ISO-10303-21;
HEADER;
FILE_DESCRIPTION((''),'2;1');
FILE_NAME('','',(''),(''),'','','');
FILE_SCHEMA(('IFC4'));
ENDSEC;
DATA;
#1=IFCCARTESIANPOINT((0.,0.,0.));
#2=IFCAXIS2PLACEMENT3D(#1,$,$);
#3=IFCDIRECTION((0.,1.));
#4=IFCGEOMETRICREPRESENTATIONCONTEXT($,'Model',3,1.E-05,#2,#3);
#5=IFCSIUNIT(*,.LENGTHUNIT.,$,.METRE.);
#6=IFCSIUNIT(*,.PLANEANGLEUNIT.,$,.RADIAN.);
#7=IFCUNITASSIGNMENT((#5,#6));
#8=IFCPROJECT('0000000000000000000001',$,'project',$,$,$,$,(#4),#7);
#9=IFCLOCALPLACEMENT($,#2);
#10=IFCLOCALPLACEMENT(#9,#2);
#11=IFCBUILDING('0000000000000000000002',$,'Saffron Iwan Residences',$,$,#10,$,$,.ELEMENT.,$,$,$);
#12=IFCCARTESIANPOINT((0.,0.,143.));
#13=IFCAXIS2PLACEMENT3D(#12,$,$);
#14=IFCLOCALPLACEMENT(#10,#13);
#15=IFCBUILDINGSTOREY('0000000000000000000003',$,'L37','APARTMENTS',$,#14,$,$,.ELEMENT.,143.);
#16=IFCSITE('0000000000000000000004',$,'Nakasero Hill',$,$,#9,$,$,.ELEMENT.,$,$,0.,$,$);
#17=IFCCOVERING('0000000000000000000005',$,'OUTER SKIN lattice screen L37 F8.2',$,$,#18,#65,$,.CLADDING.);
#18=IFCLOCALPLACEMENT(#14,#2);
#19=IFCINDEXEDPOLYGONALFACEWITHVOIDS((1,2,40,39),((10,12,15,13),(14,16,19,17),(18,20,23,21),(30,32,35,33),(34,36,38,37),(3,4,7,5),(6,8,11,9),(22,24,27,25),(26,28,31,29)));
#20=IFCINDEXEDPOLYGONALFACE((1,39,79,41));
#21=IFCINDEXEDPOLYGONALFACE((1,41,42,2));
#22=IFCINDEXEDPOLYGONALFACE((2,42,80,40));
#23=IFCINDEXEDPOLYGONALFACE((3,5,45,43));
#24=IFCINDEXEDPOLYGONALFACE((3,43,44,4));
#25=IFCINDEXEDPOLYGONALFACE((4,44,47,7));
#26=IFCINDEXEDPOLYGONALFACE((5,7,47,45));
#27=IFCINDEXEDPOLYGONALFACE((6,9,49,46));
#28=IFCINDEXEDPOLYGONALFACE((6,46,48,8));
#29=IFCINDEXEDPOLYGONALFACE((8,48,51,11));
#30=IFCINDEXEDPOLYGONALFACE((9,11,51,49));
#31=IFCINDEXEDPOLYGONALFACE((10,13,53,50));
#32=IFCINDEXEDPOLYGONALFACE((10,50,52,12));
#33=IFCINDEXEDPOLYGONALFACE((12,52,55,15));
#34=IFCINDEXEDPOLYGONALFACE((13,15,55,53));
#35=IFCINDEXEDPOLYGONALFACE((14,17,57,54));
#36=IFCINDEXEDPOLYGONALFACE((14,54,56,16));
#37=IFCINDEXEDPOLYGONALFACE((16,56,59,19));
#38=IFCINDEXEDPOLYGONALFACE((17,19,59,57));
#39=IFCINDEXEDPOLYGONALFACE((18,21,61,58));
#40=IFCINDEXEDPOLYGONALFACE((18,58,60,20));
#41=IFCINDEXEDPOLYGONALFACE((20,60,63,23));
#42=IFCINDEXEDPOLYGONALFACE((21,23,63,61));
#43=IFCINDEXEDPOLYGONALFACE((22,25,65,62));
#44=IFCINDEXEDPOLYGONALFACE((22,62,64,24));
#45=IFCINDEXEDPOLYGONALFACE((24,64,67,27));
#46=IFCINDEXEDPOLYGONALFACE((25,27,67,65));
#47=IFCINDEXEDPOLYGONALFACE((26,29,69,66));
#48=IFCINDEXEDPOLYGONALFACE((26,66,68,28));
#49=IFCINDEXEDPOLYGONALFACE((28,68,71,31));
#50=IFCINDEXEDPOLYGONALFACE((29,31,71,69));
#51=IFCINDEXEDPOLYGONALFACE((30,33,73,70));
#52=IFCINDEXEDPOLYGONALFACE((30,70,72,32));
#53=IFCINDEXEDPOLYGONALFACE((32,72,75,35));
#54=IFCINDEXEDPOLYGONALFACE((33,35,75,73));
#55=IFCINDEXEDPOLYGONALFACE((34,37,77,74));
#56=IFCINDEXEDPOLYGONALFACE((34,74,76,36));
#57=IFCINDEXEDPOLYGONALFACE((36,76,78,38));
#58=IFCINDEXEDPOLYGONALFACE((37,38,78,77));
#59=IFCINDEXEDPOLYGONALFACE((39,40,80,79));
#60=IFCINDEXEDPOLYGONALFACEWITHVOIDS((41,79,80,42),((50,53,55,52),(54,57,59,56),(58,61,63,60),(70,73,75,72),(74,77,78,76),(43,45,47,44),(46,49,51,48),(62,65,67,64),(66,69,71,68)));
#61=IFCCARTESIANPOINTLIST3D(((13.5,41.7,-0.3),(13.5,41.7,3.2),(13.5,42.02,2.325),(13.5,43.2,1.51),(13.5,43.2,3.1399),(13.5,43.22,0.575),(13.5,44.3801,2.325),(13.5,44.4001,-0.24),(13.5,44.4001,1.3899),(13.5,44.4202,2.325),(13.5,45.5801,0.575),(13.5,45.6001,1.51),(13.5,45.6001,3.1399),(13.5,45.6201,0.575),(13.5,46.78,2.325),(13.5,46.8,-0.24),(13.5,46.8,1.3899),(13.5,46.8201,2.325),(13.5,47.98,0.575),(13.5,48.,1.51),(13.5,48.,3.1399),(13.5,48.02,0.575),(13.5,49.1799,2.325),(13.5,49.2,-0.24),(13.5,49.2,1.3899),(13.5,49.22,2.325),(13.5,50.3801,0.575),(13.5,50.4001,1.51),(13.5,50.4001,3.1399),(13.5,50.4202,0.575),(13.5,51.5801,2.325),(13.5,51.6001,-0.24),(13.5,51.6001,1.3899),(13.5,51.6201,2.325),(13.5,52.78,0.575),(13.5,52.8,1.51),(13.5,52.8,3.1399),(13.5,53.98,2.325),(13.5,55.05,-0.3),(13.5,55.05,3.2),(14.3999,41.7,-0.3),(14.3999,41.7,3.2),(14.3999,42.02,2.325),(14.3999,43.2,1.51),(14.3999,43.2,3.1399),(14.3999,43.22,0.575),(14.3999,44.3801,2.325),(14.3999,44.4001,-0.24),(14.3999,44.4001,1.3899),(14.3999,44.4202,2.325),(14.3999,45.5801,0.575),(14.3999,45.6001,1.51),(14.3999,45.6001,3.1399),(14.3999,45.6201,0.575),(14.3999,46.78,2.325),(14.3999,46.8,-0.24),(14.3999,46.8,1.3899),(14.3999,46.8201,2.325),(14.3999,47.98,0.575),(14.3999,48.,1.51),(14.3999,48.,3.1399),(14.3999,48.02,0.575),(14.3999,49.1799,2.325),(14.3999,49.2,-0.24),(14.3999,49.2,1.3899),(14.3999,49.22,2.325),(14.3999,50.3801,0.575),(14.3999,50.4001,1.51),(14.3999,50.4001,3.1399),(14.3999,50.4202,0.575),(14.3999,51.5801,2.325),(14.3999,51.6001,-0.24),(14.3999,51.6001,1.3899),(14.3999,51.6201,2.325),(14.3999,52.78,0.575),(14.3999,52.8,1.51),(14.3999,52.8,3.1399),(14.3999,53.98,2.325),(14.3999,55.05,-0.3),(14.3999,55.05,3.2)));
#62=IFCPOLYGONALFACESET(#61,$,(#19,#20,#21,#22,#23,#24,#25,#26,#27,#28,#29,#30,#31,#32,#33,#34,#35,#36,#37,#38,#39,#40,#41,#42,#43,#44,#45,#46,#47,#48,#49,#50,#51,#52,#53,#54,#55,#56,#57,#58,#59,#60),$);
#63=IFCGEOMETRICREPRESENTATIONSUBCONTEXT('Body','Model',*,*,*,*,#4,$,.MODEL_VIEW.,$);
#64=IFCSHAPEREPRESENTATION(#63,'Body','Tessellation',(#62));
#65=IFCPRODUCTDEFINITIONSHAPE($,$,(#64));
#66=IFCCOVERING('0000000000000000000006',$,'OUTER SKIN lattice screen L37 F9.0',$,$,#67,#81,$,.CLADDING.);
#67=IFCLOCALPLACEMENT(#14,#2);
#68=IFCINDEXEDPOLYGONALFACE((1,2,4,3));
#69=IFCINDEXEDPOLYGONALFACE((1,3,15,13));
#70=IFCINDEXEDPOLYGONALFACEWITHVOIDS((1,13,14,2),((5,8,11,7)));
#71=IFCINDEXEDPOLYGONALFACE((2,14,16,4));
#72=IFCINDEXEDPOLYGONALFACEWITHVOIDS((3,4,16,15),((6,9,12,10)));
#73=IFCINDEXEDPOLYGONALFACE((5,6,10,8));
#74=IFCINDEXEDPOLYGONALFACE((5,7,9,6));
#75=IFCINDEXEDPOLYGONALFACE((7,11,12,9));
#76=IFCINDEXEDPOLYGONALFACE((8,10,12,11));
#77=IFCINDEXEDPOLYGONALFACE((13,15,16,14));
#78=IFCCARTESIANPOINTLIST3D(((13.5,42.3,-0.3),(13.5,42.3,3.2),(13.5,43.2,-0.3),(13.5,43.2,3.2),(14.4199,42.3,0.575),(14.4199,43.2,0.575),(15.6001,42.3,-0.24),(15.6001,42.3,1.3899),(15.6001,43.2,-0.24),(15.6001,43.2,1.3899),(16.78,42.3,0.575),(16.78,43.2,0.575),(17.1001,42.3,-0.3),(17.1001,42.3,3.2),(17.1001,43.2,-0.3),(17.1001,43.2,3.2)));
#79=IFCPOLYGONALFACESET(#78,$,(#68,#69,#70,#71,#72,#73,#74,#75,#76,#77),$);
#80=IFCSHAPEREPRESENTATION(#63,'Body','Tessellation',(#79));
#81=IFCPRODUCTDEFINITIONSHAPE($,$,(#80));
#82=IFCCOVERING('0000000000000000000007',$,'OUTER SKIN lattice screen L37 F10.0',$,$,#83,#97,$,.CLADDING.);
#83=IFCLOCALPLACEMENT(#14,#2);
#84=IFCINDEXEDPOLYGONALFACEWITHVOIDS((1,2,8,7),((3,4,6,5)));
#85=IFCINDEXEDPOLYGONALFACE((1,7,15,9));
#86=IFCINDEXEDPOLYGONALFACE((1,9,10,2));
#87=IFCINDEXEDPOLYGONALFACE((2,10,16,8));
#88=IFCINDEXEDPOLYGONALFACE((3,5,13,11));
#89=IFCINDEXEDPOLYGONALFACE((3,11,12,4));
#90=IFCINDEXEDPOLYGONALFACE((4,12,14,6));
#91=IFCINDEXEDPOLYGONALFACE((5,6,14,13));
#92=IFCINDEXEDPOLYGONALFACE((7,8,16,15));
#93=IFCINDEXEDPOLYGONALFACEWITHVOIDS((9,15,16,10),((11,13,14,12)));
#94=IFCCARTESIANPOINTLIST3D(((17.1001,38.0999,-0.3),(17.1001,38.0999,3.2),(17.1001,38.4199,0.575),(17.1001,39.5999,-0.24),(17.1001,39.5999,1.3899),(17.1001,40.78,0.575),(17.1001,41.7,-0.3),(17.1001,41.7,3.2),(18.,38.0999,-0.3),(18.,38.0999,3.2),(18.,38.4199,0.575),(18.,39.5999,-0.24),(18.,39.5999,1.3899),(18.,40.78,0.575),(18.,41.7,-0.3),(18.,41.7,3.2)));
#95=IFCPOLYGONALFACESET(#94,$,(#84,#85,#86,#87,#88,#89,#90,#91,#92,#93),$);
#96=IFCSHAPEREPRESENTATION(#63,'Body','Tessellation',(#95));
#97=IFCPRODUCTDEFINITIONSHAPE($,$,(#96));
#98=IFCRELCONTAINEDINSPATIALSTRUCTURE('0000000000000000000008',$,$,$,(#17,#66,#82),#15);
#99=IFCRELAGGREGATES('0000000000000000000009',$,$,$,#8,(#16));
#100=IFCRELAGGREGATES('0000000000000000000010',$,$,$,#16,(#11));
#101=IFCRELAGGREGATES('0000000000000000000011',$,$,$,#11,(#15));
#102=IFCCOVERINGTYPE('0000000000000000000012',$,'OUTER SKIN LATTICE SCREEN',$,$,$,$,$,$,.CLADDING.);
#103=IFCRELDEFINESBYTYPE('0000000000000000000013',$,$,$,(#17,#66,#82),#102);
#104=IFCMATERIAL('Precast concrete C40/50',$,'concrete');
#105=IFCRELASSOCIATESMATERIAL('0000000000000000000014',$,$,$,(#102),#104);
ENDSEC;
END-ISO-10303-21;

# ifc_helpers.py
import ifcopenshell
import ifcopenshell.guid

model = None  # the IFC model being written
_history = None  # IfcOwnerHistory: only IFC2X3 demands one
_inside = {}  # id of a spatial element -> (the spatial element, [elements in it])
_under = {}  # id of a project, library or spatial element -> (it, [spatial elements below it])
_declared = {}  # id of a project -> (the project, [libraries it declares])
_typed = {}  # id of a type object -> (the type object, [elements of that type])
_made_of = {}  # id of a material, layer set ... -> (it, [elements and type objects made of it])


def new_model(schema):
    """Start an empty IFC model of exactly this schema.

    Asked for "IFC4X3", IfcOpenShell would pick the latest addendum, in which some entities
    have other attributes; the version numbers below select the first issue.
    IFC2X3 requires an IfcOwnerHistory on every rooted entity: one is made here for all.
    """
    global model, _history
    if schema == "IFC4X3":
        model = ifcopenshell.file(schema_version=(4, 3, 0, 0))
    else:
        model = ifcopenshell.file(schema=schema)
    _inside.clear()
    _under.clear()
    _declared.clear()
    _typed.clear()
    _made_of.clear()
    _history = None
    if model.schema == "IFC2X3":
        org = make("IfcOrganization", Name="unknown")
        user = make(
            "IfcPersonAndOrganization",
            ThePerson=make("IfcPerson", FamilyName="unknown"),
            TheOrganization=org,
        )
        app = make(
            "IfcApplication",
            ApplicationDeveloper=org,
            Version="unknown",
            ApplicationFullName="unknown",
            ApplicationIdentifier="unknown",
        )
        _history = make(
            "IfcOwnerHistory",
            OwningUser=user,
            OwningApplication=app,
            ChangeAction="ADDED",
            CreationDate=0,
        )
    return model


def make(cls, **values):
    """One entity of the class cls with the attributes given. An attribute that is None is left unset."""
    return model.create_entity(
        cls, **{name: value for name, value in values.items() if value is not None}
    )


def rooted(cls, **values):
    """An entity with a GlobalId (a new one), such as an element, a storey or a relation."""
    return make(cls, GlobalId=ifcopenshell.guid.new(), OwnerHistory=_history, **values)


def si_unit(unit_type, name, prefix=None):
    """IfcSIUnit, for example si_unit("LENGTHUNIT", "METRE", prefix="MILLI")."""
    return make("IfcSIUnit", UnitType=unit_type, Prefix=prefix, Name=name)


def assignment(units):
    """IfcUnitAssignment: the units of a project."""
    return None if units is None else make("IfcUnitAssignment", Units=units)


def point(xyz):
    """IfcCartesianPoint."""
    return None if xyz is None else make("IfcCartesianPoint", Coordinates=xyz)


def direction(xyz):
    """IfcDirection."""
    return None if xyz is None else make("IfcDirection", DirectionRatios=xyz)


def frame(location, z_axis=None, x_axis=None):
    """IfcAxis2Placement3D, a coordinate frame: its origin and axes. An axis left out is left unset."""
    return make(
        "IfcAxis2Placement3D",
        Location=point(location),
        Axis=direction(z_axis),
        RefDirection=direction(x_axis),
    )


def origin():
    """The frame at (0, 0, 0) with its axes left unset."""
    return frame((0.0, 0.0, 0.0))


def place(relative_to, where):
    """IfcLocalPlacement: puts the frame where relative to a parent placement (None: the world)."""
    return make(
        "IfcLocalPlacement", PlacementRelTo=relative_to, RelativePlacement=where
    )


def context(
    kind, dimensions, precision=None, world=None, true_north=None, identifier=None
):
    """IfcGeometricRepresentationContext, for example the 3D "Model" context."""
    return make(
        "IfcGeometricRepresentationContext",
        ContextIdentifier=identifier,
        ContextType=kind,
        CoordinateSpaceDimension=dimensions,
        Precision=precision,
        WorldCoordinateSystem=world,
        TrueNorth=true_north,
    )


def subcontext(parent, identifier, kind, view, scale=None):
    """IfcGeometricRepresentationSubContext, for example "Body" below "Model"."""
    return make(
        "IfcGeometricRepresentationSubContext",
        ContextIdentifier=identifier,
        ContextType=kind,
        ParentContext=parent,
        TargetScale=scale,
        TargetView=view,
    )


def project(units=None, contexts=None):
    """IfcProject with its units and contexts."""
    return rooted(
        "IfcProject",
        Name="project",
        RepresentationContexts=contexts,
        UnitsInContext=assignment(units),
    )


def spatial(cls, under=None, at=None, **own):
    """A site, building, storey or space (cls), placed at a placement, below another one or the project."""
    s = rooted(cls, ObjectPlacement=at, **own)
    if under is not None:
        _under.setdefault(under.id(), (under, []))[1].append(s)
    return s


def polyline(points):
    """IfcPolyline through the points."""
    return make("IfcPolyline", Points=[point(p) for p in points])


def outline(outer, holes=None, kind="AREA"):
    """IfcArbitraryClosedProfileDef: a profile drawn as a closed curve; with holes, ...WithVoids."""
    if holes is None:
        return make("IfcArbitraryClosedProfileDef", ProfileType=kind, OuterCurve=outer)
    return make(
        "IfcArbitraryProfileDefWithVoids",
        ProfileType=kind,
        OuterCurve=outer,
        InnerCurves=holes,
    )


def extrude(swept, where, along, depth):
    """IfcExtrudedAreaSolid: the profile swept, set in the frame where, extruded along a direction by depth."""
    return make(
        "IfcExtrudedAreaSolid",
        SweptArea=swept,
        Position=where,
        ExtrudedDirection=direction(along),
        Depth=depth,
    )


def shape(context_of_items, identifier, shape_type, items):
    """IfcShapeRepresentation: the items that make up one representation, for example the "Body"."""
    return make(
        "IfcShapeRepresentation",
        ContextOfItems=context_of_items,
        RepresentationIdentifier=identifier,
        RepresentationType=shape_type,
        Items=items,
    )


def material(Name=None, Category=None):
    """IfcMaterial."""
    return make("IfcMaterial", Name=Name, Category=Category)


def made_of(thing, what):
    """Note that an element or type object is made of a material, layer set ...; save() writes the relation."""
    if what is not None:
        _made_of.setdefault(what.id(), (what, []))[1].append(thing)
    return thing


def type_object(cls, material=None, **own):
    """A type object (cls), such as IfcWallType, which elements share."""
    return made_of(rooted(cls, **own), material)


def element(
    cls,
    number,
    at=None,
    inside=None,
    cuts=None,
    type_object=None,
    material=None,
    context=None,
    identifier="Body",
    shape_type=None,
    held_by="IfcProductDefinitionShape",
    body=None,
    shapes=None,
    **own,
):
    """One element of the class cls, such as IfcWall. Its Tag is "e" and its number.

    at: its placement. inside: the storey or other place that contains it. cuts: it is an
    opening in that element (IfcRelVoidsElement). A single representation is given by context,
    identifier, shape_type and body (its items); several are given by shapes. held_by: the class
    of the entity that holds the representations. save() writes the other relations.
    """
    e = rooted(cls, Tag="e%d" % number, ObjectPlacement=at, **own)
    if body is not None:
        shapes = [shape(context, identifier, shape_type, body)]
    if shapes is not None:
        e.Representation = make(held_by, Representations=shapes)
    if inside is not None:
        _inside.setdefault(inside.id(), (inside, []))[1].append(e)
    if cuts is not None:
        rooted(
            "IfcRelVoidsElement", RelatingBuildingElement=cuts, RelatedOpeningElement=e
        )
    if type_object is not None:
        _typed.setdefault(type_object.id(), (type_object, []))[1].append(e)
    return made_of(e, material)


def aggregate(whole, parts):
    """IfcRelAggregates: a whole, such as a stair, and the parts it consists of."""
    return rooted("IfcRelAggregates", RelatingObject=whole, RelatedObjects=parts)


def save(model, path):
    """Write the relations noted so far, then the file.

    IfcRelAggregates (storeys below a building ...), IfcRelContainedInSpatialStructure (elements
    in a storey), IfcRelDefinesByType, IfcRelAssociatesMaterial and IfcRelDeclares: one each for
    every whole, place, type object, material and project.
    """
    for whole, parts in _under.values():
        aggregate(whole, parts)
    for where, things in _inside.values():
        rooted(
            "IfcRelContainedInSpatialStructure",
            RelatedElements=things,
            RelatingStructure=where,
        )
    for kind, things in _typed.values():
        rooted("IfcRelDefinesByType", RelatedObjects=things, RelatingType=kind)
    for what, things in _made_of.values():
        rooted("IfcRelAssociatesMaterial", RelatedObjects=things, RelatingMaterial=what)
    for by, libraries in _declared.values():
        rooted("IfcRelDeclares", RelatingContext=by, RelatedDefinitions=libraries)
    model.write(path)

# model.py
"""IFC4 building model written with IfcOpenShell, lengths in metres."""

from ifc_helpers import new_model, si_unit, direction, frame, origin, place, context, subcontext, project, spatial, polyline, outline, extrude, material, type_object, element, save


model = new_model("IFC4")

# Units and contexts
model_context = context("Model", 3, precision=1e-05, world=origin(), true_north=direction((0.0, 1.0)))
body_context = subcontext(model_context, "Body", "Model", "MODEL_VIEW")
ifc_project = project(units=[si_unit("LENGTHUNIT", "METRE"), si_unit("PLANEANGLEUNIT", "RADIAN")], contexts=[model_context])

# Site, building, storey
site_placement = place(None, origin())
site = spatial("IfcSite", under=ifc_project, at=site_placement, Name="Nakasero Hill", CompositionType="ELEMENT", RefElevation=0.0)
building_placement = place(site_placement, origin())
building = spatial("IfcBuilding", under=site, at=building_placement, Name="Saffron Iwan Residences", CompositionType="ELEMENT")
storey_placement = place(building_placement, frame((0.0, 0.0, 143.0)))
storey = spatial("IfcBuildingStorey", under=building, at=storey_placement, Name="L37", Description="APARTMENTS", CompositionType="ELEMENT", Elevation=143.0)

# Coverings
ifc_material_1 = material(Name="Precast concrete C40/50", Category="concrete")
covering_type = type_object("IfcCoveringType", Name="OUTER SKIN LATTICE SCREEN", PredefinedType="CLADDING", material=ifc_material_1)
covering_placement = place(storey_placement, frame((14.3999, 55.05, -0.3), z_axis=(-1.0, 0.0, 0.0), x_axis=(0.0, -1.0, 0.0)))
element("IfcCovering", 1, at=covering_placement, inside=storey, type_object=covering_type, Name="OUTER SKIN lattice screen L37 F8.2", PredefinedType="CLADDING", context=body_context, shape_type="SweptSolid", body=[
    extrude(outline(polyline([(0.0, 0.0), (13.3501, 0.0), (13.3501, 3.5), (0.0, 3.5), (0.0, 0.0)]), holes=[polyline([(2.27, 0.875), (3.45, 0.0601), (4.6299, 0.875), (3.45, 1.6899), (2.27, 0.875)]), polyline([(4.6699, 0.875), (5.8501, 0.0601), (7.03, 0.875), (5.8501, 1.6899), (4.6699, 0.875)]), polyline([(7.0701, 0.875), (8.25, 0.0601), (9.4299, 0.875), (8.25, 1.6899), (7.0701, 0.875)]), polyline([(9.47, 0.875), (10.6499, 0.0601), (11.8301, 0.875), (10.6499, 1.6899), (9.47, 0.875)]), polyline([(1.0701, 2.625), (2.25, 1.8101), (3.4299, 2.625), (2.25, 3.4399), (1.0701, 2.625)]), polyline([(3.47, 2.625), (4.6499, 1.8101), (5.8301, 2.625), (4.6499, 3.4399), (3.47, 2.625)]), polyline([(5.8701, 2.625), (7.05, 1.8101), (8.23, 2.625), (7.05, 3.4399), (5.8701, 2.625)]), polyline([(8.27, 2.625), (9.45, 1.8101), (10.6299, 2.625), (9.45, 3.4399), (8.27, 2.625)]), polyline([(10.6699, 2.625), (11.8501, 1.8101), (13.03, 2.625), (11.8501, 3.4399), (10.6699, 2.625)])]), origin(), (0.0, 0.0, 1.0), 0.8999),
])
for number, where, z_axis, x_axis, name in (
    (2, (13.5, 43.2, -0.3), (0.0, -1.0, 0.0), (1.0, 0.0, 0.0), "OUTER SKIN lattice screen L37 F9.0"),
    (3, (18.0, 41.7, -0.3), (-1.0, 0.0, 0.0), (0.0, -1.0, 0.0), "OUTER SKIN lattice screen L37 F10.0"),
):
    element("IfcCovering", number, at=place(storey_placement, frame(where, z_axis=z_axis, x_axis=x_axis)), inside=storey, type_object=covering_type, Name=name, PredefinedType="CLADDING", context=body_context, shape_type="SweptSolid", body=[
        extrude(outline(polyline([(0.0, 0.0), (3.6001, 0.0), (3.6001, 3.5), (0.0, 3.5), (0.0, 0.0)]), holes=[polyline([(0.9199, 0.875), (2.1001, 0.0601), (3.28, 0.875), (2.1001, 1.6899), (0.9199, 0.875)])]), origin(), (0.0, 0.0, 1.0), 0.8999),
    ])

save(model, "model.ifc")
